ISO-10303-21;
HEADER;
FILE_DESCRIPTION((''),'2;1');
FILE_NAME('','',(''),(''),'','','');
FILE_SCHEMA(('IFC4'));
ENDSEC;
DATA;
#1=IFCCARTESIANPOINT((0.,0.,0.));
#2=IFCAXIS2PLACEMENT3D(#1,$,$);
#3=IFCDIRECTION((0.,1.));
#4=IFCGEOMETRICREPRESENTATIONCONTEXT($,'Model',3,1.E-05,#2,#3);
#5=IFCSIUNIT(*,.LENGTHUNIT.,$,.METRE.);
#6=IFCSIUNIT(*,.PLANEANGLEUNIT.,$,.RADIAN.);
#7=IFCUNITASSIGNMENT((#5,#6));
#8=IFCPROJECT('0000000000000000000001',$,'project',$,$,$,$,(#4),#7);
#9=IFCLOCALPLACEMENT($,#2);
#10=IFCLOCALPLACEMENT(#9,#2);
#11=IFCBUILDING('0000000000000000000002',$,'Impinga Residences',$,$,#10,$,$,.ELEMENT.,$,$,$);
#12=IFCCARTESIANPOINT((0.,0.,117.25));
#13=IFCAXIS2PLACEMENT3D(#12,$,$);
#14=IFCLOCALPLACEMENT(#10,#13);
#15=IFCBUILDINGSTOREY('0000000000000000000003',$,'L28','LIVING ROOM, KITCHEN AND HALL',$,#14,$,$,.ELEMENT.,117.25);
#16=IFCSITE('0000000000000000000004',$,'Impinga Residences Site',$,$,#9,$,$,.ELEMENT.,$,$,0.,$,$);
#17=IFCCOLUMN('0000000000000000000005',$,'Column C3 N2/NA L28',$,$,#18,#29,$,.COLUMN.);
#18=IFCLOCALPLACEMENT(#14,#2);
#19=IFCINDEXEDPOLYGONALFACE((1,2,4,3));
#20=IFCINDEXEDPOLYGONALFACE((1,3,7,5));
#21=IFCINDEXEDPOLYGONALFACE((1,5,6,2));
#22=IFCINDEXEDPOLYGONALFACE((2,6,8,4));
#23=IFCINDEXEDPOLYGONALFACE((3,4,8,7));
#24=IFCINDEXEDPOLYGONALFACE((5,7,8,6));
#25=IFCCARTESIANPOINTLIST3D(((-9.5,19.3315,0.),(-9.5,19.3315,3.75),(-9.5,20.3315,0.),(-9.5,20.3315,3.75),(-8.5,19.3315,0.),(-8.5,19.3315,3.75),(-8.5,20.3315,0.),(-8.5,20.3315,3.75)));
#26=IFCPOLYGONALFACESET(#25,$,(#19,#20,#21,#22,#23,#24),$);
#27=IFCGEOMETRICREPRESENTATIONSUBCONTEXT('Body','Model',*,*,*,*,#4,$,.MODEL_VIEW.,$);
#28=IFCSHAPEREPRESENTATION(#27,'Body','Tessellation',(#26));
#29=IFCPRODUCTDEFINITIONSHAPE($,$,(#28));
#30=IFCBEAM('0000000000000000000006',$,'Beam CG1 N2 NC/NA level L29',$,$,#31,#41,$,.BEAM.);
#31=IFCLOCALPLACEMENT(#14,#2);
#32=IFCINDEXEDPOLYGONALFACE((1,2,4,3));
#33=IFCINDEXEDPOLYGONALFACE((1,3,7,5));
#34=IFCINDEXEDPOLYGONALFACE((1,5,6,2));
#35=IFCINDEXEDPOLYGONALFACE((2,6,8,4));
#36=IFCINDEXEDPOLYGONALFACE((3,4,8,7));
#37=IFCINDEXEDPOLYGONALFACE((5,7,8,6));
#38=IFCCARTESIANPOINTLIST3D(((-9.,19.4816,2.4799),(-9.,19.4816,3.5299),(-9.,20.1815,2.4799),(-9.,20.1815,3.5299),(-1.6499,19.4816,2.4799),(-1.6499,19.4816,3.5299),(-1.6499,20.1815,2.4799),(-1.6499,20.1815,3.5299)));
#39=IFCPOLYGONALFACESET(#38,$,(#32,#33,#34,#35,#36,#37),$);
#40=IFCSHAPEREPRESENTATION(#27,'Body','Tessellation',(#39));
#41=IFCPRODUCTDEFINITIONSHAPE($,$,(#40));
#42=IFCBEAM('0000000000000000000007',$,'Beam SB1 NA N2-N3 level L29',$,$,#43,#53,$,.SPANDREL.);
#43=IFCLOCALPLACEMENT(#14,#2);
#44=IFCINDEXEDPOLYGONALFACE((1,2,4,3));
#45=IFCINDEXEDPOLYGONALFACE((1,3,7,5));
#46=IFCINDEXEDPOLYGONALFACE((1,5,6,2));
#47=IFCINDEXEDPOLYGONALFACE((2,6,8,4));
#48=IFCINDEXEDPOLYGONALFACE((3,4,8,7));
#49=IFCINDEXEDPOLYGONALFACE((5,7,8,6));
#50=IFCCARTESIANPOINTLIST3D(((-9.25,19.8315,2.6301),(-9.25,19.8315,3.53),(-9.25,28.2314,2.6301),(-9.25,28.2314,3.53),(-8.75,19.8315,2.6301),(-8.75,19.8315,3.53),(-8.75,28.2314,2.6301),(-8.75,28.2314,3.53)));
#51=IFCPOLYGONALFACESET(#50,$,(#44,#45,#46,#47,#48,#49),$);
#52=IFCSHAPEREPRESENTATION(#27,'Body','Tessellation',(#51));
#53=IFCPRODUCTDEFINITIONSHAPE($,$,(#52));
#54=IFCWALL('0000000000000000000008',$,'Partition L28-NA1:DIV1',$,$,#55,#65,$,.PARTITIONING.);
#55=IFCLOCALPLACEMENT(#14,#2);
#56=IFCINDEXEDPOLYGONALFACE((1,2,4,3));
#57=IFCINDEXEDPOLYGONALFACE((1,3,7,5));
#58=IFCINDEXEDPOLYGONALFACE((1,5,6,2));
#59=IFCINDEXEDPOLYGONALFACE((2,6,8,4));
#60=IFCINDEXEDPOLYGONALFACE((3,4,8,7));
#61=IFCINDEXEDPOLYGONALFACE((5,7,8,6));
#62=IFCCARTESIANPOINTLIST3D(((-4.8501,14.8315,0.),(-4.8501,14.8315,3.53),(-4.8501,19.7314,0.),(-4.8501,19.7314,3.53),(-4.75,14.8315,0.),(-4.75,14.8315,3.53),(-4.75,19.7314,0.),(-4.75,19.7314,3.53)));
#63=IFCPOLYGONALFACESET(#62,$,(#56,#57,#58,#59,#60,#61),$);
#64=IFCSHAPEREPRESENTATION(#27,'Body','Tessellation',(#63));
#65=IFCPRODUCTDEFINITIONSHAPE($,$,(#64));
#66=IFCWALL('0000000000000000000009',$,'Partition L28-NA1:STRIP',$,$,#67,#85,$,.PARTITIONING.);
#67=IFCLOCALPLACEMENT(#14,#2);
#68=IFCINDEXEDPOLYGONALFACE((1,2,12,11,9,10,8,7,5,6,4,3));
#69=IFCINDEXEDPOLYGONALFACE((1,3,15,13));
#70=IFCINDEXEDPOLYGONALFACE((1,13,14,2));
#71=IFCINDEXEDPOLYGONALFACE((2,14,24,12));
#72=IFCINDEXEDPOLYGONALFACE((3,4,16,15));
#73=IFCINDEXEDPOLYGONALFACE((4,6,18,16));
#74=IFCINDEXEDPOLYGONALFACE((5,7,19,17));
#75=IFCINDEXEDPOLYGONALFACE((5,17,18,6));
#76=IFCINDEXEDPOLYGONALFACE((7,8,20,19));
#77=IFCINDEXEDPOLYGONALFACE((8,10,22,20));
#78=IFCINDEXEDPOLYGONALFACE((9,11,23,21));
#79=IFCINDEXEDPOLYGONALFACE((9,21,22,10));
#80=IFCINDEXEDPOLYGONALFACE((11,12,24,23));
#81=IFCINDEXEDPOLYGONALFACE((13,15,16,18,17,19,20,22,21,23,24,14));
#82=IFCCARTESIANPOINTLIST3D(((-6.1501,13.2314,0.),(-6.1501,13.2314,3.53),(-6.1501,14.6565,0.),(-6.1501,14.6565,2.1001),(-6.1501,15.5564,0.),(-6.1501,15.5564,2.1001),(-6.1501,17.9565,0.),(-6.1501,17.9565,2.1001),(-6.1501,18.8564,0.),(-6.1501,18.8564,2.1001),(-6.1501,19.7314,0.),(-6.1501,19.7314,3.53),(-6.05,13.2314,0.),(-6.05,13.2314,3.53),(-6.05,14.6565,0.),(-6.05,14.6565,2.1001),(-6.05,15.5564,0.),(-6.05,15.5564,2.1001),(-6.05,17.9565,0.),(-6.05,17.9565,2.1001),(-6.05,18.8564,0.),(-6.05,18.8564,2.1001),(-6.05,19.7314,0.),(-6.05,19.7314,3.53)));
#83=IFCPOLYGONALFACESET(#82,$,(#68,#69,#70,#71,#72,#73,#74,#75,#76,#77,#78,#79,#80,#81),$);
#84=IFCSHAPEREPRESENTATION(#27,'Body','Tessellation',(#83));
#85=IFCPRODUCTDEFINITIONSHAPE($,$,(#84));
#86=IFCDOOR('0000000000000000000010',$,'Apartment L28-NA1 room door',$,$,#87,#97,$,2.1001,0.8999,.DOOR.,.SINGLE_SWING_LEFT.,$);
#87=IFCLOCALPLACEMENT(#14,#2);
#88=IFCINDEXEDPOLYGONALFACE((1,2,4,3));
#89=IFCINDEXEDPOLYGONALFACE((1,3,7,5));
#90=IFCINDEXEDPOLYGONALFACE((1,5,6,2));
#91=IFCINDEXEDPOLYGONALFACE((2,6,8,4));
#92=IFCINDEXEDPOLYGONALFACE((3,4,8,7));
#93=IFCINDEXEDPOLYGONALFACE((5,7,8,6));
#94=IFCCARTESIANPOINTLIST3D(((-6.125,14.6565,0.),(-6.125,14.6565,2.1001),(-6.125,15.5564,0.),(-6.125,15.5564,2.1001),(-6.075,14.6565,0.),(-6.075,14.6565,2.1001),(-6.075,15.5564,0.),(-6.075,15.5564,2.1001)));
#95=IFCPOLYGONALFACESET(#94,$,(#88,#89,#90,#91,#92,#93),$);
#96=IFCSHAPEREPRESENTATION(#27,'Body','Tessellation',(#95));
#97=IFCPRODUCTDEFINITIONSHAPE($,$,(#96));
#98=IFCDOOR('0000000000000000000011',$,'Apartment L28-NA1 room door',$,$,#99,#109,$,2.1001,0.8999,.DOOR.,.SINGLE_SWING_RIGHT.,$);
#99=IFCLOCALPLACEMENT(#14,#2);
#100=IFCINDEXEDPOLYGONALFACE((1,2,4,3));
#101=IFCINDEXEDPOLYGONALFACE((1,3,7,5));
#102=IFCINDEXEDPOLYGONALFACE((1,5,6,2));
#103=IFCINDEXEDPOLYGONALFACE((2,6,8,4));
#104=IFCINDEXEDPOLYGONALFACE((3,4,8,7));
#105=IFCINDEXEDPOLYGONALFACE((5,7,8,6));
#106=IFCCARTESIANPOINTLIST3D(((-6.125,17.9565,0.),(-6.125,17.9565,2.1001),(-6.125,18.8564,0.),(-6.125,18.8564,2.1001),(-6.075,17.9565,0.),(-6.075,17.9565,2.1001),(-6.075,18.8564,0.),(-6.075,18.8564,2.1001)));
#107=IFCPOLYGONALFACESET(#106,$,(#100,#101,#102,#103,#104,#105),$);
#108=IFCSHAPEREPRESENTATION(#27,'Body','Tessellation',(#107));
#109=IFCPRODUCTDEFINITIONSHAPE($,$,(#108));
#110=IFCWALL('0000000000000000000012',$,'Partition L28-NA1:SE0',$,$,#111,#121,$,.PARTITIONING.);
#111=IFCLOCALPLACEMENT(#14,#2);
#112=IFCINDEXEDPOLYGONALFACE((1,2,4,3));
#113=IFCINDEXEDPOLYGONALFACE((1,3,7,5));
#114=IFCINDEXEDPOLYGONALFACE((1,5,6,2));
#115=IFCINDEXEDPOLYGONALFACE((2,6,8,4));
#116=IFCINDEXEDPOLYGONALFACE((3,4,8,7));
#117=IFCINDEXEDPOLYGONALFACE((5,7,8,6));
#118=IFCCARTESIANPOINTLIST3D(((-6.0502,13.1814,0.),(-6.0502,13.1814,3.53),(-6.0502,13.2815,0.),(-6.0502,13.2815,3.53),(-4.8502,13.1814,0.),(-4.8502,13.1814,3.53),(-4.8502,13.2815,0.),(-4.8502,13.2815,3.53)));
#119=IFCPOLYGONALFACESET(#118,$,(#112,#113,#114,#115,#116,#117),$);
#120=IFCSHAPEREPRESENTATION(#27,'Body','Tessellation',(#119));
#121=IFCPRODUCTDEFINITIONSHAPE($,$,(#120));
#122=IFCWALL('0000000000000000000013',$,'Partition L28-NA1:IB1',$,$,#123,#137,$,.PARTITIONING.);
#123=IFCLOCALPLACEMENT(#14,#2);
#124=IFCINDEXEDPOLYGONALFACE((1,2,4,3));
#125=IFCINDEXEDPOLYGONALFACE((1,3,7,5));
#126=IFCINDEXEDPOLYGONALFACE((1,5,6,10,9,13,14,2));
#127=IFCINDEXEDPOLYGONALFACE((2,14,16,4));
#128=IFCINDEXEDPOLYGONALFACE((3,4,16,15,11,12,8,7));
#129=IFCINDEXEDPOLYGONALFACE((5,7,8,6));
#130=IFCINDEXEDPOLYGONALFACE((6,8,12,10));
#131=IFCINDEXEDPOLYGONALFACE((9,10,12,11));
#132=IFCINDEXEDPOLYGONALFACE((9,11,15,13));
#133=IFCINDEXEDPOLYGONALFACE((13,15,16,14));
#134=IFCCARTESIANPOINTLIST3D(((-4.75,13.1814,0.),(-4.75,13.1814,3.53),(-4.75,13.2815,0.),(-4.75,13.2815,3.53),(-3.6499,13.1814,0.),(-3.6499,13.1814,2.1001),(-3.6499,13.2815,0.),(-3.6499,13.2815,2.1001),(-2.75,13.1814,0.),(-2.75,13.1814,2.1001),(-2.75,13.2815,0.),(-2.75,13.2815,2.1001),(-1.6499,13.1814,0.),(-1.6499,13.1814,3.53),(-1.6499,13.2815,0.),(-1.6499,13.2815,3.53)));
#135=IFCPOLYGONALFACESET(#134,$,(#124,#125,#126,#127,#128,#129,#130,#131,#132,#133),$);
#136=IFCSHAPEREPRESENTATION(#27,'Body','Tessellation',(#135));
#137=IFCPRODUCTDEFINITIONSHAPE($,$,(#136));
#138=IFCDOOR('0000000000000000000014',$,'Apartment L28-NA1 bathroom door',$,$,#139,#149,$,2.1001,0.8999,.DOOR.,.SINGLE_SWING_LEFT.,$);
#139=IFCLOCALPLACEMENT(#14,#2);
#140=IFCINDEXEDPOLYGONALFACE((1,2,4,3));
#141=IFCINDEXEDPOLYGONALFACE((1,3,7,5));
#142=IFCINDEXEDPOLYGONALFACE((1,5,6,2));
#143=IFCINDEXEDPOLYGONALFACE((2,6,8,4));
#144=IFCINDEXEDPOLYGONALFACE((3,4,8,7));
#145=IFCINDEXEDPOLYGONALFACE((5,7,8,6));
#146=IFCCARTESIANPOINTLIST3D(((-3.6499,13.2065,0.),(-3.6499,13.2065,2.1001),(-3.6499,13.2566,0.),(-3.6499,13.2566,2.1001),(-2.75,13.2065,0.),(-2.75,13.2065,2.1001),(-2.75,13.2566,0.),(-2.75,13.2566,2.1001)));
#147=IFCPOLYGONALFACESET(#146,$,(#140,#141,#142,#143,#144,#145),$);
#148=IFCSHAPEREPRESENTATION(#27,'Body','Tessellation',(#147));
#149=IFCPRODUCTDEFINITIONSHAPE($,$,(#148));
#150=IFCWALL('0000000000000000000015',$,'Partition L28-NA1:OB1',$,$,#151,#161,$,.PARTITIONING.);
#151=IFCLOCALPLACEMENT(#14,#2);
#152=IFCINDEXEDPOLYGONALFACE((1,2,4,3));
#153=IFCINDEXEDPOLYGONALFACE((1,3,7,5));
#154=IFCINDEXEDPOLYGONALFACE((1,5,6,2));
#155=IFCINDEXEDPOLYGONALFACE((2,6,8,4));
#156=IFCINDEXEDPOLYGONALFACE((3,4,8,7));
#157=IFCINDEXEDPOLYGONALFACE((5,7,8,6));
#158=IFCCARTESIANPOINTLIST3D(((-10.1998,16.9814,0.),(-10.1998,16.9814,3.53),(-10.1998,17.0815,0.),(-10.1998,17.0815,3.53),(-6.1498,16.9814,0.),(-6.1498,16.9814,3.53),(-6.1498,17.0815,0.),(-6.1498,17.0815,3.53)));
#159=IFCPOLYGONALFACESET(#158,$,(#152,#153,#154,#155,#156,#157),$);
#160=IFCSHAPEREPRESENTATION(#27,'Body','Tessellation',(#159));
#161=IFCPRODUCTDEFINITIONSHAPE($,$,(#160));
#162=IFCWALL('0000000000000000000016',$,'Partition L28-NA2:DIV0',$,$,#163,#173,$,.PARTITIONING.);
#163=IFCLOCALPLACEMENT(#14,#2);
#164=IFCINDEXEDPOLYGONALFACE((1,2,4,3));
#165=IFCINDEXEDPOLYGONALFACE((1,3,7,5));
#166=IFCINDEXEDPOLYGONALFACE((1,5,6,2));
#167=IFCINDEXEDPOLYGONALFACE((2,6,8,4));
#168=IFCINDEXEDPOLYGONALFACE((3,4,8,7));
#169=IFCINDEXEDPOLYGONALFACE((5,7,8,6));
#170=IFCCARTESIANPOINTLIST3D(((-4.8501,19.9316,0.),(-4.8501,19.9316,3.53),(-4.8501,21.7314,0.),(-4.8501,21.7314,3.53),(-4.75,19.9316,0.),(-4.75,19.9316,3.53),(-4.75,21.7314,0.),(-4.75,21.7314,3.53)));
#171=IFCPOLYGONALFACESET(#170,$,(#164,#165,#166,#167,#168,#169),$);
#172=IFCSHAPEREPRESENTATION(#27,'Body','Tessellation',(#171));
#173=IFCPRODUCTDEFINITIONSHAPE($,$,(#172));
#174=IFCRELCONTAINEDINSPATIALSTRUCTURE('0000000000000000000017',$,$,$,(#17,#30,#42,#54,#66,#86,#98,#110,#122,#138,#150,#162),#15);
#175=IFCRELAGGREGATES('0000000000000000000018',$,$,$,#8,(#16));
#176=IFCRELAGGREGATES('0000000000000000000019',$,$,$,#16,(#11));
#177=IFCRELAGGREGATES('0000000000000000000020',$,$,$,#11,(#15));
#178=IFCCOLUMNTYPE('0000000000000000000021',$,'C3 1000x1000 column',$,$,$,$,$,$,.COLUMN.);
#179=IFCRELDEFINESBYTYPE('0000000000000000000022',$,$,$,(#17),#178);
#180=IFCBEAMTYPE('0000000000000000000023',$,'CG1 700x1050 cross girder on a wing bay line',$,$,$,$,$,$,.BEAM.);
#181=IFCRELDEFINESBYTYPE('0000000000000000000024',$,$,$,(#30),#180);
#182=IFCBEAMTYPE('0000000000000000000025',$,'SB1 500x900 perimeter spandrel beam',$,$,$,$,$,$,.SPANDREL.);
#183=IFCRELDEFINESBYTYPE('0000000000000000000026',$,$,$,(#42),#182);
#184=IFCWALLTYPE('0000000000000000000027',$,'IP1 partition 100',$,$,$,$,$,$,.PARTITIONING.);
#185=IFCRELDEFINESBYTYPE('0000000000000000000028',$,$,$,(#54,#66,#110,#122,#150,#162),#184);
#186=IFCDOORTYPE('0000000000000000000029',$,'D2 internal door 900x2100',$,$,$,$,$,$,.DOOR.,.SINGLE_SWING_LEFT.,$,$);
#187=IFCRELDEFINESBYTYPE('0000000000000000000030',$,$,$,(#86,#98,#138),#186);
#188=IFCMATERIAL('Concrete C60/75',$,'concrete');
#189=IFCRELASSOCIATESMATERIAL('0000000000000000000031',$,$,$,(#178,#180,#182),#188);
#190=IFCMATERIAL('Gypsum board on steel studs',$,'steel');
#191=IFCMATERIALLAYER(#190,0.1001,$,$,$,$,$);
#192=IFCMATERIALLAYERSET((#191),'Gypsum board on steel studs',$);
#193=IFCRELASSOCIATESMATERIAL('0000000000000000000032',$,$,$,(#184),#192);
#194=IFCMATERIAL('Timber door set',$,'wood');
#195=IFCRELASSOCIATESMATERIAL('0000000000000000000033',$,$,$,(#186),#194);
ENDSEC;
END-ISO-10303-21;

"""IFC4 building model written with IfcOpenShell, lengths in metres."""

from ifc_helpers import new_model, si_unit, direction, frame, frame_2d, origin, origin_2d, place, context, subcontext, project, spatial, rectangle, extrude, material, layer, layer_set, material_profile, profile_set, type_object, element, fill, save


model = new_model("IFC4")

# Units and contexts
model_context = context("Model", 3, precision=1e-05, world=origin(), true_north=direction((0.0, 1.0)))
body_context = subcontext(model_context, "Body", "Model", "MODEL_VIEW")
ifc_project = project(units=[si_unit("LENGTHUNIT", "METRE"), si_unit("PLANEANGLEUNIT", "RADIAN")], contexts=[model_context])

# Site, building, storey
site_placement = place(None, origin())
site = spatial("IfcSite", under=ifc_project, at=site_placement, Name="Impinga Residences Site", CompositionType="ELEMENT", RefElevation=0.0)
building_placement = place(site_placement, origin())
building = spatial("IfcBuilding", under=site, at=building_placement, Name="Impinga Residences", CompositionType="ELEMENT")
storey_placement = place(building_placement, frame((0.0, 0.0, 117.25)))
storey = spatial("IfcBuildingStorey", under=building, at=storey_placement, Name="L28", Description="LIVING ROOM, KITCHEN AND HALL", CompositionType="ELEMENT", Elevation=117.25)

# Column
ifc_material_1 = material(Name="Concrete C60/75", Category="concrete")
ifc_material_profile_1 = material_profile(ifc_material_1, rectangle(XDim=1.0, YDim=1.0, at=origin_2d()), Name="RC 1000x1000")
ifc_profile_set_1 = profile_set([ifc_material_profile_1], Name="Concrete C60/75")
column_type = type_object("IfcColumnType", Name="C3 1000x1000 column", PredefinedType="COLUMN", material=ifc_profile_set_1)
column_placement = place(storey_placement, frame((-9.0, 19.8315, 0.0), z_axis=(0.0, 0.0, 1.0), x_axis=(1.0, 0.0, 0.0)))
element("IfcColumn", 1, at=column_placement, inside=storey, type_object=column_type, Name="Column C3 N2/NA L28", PredefinedType="COLUMN", context=body_context, shape_type="SweptSolid", body=[
    extrude(rectangle(XDim=1.0, YDim=1.0, at=origin_2d()), origin(), (0.0, 0.0, 1.0), 3.75),
])

# Beams
ifc_material_profile_2 = material_profile(ifc_material_1, rectangle(XDim=0.7, YDim=1.05, at=origin_2d()), Name="RC 700x1050")
ifc_profile_set_2 = profile_set([ifc_material_profile_2], Name="Concrete C60/75")
beam_type_1 = type_object("IfcBeamType", Name="CG1 700x1050 cross girder on a wing bay line", PredefinedType="BEAM", material=ifc_profile_set_2)
beam_1_placement = place(storey_placement, frame((-1.6499, 19.8315, 3.0049), z_axis=(-1.0, 0.0, 0.0), x_axis=(0.0, -1.0, 0.0)))
element("IfcBeam", 2, at=beam_1_placement, inside=storey, type_object=beam_type_1, Name="Beam CG1 N2 NC/NA level L29", PredefinedType="BEAM", context=body_context, shape_type="SweptSolid", body=[
    extrude(rectangle(XDim=0.7, YDim=1.05, at=origin_2d()), origin(), (0.0, 0.0, 1.0), 7.3501),
])
ifc_material_profile_3 = material_profile(ifc_material_1, rectangle(XDim=0.5, YDim=0.8999, at=origin_2d()), Name="RC 500x900")
ifc_profile_set_3 = profile_set([ifc_material_profile_3], Name="Concrete C60/75")
beam_type_2 = type_object("IfcBeamType", Name="SB1 500x900 perimeter spandrel beam", PredefinedType="SPANDREL", material=ifc_profile_set_3)
beam_2_placement = place(storey_placement, frame((-9.0, 19.8315, 3.0801), z_axis=(0.0, 1.0, 0.0), x_axis=(-1.0, 0.0, 0.0)))
element("IfcBeam", 3, at=beam_2_placement, inside=storey, type_object=beam_type_2, Name="Beam SB1 NA N2-N3 level L29", PredefinedType="SPANDREL", context=body_context, shape_type="SweptSolid", body=[
    extrude(rectangle(XDim=0.5, YDim=0.8999, at=origin_2d()), origin(), (0.0, 0.0, 1.0), 8.3999),
])

# Wall
ifc_material_2 = material(Name="Gypsum board on steel studs", Category="steel")
ifc_layer_1 = layer(ifc_material_2, 0.1001)
ifc_layer_set_1 = layer_set([ifc_layer_1], Name="Gypsum board on steel studs")
wall_type_1 = type_object("IfcWallType", Name="IP1 partition 100", PredefinedType="PARTITIONING", material=ifc_layer_set_1)
wall_1_placement = place(storey_placement, frame((-4.8, 14.8315, 0.0), z_axis=(0.0, 0.0, 1.0), x_axis=(0.0, 1.0, 0.0)))
element("IfcWall", 4, at=wall_1_placement, inside=storey, type_object=wall_type_1, Name="Partition L28-NA1:DIV1", PredefinedType="PARTITIONING", context=body_context, shape_type="SweptSolid", body=[
    extrude(rectangle(XDim=4.8999, YDim=0.1001, at=frame_2d((2.45, 0.0))), origin(), (0.0, 0.0, 1.0), 3.53),
])

# Wall, openings, doors
wall_2_placement = place(storey_placement, frame((-6.1001, 13.2314, 0.0), z_axis=(0.0, 0.0, 1.0), x_axis=(0.0, 1.0, 0.0)))
wall_2 = element("IfcWall", 5, at=wall_2_placement, inside=storey, type_object=wall_type_1, Name="Partition L28-NA1:STRIP", PredefinedType="PARTITIONING", context=body_context, shape_type="SweptSolid", body=[
    extrude(rectangle(XDim=6.5, YDim=0.1001, at=frame_2d((3.25, 0.0))), origin(), (0.0, 0.0, 1.0), 3.53),
])
opening_1_placement = place(wall_2_placement, frame((1.425, 0.0, 0.0)))
opening_1 = element("IfcOpeningElement", 6, at=opening_1_placement, cuts=wall_2, PredefinedType="OPENING", context=body_context, shape_type="SweptSolid", body=[
    extrude(rectangle(XDim=0.8999, YDim=2.1001, at=frame_2d((0.45, 1.05))), frame((0.0, 0.0601, 0.0), z_axis=(0.0, -1.0, 0.0), x_axis=(1.0, 0.0, 0.0)), (0.0, 0.0, 1.0), 0.1201),
])
opening_2_placement = place(wall_2_placement, frame((4.7251, 0.0, 0.0)))
opening_2 = element("IfcOpeningElement", 7, at=opening_2_placement, cuts=wall_2, PredefinedType="OPENING", context=body_context, shape_type="SweptSolid", body=[
    extrude(rectangle(XDim=0.8999, YDim=2.1001, at=frame_2d((0.45, 1.05))), frame((0.0, 0.0601, 0.0), z_axis=(0.0, -1.0, 0.0), x_axis=(1.0, 0.0, 0.0)), (0.0, 0.0, 1.0), 0.1201),
])
ifc_material_3 = material(Name="Timber door set", Category="wood")
door_type = type_object("IfcDoorType", Name="D2 internal door 900x2100", OperationType="SINGLE_SWING_LEFT", PredefinedType="DOOR", material=ifc_material_3)
door_1_placement = place(opening_1_placement, origin())
door_1 = element("IfcDoor", 8, at=door_1_placement, inside=storey, type_object=door_type, Name="Apartment L28-NA1 room door", OperationType="SINGLE_SWING_LEFT", OverallHeight=2.1001, OverallWidth=0.8999, PredefinedType="DOOR", context=body_context, shape_type="SweptSolid", body=[
    extrude(rectangle(XDim=0.8999, YDim=2.1001, at=frame_2d((0.45, 1.05))), frame((0.0, 0.0249, 0.0), z_axis=(0.0, -1.0, 0.0), x_axis=(1.0, 0.0, 0.0)), (0.0, 0.0, 1.0), 0.05),
])
fill(opening_1, door_1)
door_2_placement = place(opening_2_placement, origin())
door_2 = element("IfcDoor", 9, at=door_2_placement, inside=storey, type_object=door_type, Name="Apartment L28-NA1 room door", OperationType="SINGLE_SWING_RIGHT", OverallHeight=2.1001, OverallWidth=0.8999, PredefinedType="DOOR", context=body_context, shape_type="SweptSolid", body=[
    extrude(rectangle(XDim=0.8999, YDim=2.1001, at=frame_2d((0.45, 1.05))), frame((0.0, 0.0249, 0.0), z_axis=(0.0, -1.0, 0.0), x_axis=(1.0, 0.0, 0.0)), (0.0, 0.0, 1.0), 0.05),
])
fill(opening_2, door_2)

# Wall
wall_3_placement = place(storey_placement, frame((-4.8501, 13.2314, 0.0), z_axis=(0.0, 0.0, 1.0), x_axis=(-1.0, 0.0, 0.0)))
element("IfcWall", 10, at=wall_3_placement, inside=storey, type_object=wall_type_1, Name="Partition L28-NA1:SE0", PredefinedType="PARTITIONING", context=body_context, shape_type="SweptSolid", body=[
    extrude(rectangle(XDim=1.2, YDim=0.1001, at=frame_2d((0.6001, 0.0))), origin(), (0.0, 0.0, 1.0), 3.53),
])

# Wall, opening, door
wall_4_placement = place(storey_placement, frame((-1.6499, 13.2314, 0.0), z_axis=(0.0, 0.0, 1.0), x_axis=(-1.0, 0.0, 0.0)))
wall_4 = element("IfcWall", 11, at=wall_4_placement, inside=storey, type_object=wall_type_1, Name="Partition L28-NA1:IB1", PredefinedType="PARTITIONING", context=body_context, shape_type="SweptSolid", body=[
    extrude(rectangle(XDim=3.1001, YDim=0.1001, at=frame_2d((1.55, 0.0))), origin(), (0.0, 0.0, 1.0), 3.53),
])
opening_3_placement = place(wall_4_placement, frame((1.1001, 0.0, 0.0)))
opening_3 = element("IfcOpeningElement", 12, at=opening_3_placement, cuts=wall_4, PredefinedType="OPENING", context=body_context, shape_type="SweptSolid", body=[
    extrude(rectangle(XDim=0.8999, YDim=2.1001, at=frame_2d((0.45, 1.05))), frame((0.0, 0.0601, 0.0), z_axis=(0.0, -1.0, 0.0), x_axis=(1.0, 0.0, 0.0)), (0.0, 0.0, 1.0), 0.1201),
])
door_3_placement = place(opening_3_placement, origin())
door_3 = element("IfcDoor", 13, at=door_3_placement, inside=storey, type_object=door_type, Name="Apartment L28-NA1 bathroom door", OperationType="SINGLE_SWING_LEFT", OverallHeight=2.1001, OverallWidth=0.8999, PredefinedType="DOOR", context=body_context, shape_type="SweptSolid", body=[
    extrude(rectangle(XDim=0.8999, YDim=2.1001, at=frame_2d((0.45, 1.05))), frame((0.0, 0.0249, 0.0), z_axis=(0.0, -1.0, 0.0), x_axis=(1.0, 0.0, 0.0)), (0.0, 0.0, 1.0), 0.05),
])
fill(opening_3, door_3)

# Walls
wall_5_placement = place(storey_placement, frame((-6.1499, 17.0315, 0.0), z_axis=(0.0, 0.0, 1.0), x_axis=(-1.0, 0.0, 0.0)))
element("IfcWall", 14, at=wall_5_placement, inside=storey, type_object=wall_type_1, Name="Partition L28-NA1:OB1", PredefinedType="PARTITIONING", context=body_context, shape_type="SweptSolid", body=[
    extrude(rectangle(XDim=4.05, YDim=0.1001, at=frame_2d((2.0249, 0.0))), origin(), (0.0, 0.0, 1.0), 3.53),
])
wall_6_placement = place(storey_placement, frame((-4.8, 19.9316, 0.0), z_axis=(0.0, 0.0, 1.0), x_axis=(0.0, 1.0, 0.0)))
element("IfcWall", 15, at=wall_6_placement, inside=storey, type_object=wall_type_1, Name="Partition L28-NA2:DIV0", PredefinedType="PARTITIONING", context=body_context, shape_type="SweptSolid", body=[
    extrude(rectangle(XDim=1.7998, YDim=0.1001, at=frame_2d((0.8999, 0.0))), origin(), (0.0, 0.0, 1.0), 3.53),
])

save(model, "model.ifc")
